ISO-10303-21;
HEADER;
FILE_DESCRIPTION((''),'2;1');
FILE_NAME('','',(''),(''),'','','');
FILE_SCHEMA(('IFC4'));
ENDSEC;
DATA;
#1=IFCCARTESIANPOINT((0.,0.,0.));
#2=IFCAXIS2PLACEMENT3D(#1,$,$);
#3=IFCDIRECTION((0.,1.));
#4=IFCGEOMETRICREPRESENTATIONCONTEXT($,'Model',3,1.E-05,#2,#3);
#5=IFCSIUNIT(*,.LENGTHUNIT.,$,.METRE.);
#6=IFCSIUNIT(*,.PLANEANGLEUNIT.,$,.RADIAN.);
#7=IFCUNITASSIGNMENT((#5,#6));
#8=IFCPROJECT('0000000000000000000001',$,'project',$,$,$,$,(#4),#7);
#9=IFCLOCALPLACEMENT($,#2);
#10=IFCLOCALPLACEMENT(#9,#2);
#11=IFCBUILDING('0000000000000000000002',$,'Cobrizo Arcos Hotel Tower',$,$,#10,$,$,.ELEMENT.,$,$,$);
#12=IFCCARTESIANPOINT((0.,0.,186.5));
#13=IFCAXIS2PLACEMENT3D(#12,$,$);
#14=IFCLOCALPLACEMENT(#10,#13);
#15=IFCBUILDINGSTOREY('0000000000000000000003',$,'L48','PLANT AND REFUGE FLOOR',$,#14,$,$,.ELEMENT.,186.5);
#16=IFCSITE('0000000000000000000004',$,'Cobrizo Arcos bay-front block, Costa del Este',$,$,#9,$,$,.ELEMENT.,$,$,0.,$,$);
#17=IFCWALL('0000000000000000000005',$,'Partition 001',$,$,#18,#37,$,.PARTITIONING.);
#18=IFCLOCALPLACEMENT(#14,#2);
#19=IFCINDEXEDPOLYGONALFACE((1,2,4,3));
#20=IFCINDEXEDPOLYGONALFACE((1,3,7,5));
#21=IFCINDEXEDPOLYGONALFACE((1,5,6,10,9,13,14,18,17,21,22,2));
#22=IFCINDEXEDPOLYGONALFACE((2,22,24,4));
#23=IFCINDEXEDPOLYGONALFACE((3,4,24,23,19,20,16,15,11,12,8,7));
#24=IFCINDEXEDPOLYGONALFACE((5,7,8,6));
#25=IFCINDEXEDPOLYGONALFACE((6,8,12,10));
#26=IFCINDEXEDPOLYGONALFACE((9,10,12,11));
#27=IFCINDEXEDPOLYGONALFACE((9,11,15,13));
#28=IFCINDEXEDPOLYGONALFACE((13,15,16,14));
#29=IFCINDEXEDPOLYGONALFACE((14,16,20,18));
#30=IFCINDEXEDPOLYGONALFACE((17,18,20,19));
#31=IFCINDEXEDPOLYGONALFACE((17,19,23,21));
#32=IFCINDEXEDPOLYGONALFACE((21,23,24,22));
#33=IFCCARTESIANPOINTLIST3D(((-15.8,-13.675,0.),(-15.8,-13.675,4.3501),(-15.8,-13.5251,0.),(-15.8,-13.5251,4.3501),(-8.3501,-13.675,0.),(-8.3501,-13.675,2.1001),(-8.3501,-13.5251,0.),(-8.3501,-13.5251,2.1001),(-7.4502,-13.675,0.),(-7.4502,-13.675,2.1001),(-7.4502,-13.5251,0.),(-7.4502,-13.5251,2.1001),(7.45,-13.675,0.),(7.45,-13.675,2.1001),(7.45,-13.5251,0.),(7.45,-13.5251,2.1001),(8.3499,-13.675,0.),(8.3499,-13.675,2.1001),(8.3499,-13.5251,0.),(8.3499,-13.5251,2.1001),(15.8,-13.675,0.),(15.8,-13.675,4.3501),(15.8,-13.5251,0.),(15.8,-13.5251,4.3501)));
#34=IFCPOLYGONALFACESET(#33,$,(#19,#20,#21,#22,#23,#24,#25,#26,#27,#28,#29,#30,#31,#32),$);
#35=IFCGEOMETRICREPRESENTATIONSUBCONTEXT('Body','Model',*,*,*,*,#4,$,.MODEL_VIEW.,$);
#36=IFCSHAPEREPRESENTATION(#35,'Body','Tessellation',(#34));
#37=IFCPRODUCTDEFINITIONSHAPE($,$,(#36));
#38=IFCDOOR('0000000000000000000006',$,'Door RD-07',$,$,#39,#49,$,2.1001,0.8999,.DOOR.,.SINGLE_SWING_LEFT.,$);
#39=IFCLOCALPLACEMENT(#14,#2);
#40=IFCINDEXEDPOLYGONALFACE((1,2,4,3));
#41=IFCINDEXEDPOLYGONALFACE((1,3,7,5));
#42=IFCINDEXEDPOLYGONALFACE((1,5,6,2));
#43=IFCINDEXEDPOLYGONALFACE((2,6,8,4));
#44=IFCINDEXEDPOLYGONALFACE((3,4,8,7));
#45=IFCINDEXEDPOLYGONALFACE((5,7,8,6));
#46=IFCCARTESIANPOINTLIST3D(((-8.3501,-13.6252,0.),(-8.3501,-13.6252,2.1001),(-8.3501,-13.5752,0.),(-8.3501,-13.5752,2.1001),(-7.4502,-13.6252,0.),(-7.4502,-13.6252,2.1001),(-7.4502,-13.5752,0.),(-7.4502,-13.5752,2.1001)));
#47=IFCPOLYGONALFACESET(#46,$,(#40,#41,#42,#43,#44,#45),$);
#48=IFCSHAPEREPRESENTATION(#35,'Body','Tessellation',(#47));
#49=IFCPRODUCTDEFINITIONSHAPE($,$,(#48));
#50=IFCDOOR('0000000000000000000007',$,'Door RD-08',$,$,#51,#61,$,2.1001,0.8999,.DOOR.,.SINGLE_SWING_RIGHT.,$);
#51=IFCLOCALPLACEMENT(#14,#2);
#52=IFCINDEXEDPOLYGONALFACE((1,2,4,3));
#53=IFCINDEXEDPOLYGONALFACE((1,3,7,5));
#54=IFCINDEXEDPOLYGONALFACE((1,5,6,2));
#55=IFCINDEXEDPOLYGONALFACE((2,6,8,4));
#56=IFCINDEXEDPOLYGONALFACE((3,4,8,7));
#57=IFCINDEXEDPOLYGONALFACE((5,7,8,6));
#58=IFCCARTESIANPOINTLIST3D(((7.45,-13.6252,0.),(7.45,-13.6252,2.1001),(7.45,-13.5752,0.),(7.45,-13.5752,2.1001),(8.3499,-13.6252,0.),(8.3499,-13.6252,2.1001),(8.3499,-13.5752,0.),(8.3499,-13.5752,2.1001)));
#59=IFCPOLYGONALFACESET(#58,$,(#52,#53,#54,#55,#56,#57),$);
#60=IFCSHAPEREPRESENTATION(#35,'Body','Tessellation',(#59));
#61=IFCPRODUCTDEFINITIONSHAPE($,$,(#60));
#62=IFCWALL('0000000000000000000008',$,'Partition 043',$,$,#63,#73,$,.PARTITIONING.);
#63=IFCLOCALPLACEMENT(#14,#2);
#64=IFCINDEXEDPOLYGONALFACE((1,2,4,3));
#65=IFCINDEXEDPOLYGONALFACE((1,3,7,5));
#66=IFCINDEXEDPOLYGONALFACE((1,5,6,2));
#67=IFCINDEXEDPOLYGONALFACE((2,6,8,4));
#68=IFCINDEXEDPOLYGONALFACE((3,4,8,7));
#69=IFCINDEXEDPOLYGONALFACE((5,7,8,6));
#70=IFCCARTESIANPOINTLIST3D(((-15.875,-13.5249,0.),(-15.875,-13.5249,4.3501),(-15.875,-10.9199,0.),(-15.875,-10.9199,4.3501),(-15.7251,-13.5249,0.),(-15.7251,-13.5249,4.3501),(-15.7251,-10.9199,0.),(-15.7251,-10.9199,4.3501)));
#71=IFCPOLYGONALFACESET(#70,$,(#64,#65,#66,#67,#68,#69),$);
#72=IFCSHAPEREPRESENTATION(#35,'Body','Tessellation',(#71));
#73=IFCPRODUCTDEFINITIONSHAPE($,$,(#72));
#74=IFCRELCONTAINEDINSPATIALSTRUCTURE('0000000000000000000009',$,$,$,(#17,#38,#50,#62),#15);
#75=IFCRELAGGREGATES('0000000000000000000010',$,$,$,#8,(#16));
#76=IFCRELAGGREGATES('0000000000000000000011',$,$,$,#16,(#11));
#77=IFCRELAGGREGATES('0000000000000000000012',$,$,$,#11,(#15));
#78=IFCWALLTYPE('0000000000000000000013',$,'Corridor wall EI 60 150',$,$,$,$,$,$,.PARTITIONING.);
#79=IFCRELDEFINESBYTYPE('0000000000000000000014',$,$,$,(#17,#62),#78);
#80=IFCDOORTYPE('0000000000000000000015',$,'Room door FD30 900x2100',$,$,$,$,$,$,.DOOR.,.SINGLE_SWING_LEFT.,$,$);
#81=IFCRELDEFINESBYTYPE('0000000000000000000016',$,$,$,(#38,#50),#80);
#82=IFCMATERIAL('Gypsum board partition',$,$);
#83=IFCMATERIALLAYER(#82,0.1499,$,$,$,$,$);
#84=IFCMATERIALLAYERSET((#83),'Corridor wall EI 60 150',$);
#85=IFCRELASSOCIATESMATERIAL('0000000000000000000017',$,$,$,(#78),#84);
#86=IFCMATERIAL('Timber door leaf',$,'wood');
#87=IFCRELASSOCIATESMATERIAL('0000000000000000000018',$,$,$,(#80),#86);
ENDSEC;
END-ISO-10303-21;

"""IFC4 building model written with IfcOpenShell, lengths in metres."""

from ifc_helpers import new_model, si_unit, direction, frame, frame_2d, origin, place, context, subcontext, project, spatial, rectangle, extrude, material, layer, layer_set, type_object, element, fill, save


model = new_model("IFC4")

# Units and contexts
model_context = context("Model", 3, precision=1e-05, world=origin(), true_north=direction((0.0, 1.0)))
body_context = subcontext(model_context, "Body", "Model", "MODEL_VIEW")
ifc_project = project(units=[si_unit("LENGTHUNIT", "METRE"), si_unit("PLANEANGLEUNIT", "RADIAN")], contexts=[model_context])

# Site, building, storey
site_placement = place(None, origin())
site = spatial("IfcSite", under=ifc_project, at=site_placement, Name="Cobrizo Arcos bay-front block, Costa del Este", CompositionType="ELEMENT", RefElevation=0.0)
building_placement = place(site_placement, origin())
building = spatial("IfcBuilding", under=site, at=building_placement, Name="Cobrizo Arcos Hotel Tower", CompositionType="ELEMENT")
storey_placement = place(building_placement, frame((0.0, 0.0, 186.5)))
storey = spatial("IfcBuildingStorey", under=building, at=storey_placement, Name="L48", Description="PLANT AND REFUGE FLOOR", CompositionType="ELEMENT", Elevation=186.5)

# Wall, openings, doors
ifc_material_1 = material(Name="Gypsum board partition")
ifc_layer_1 = layer(ifc_material_1, 0.1499)
ifc_layer_set_1 = layer_set([ifc_layer_1], Name="Corridor wall EI 60 150")
wall_type_1 = type_object("IfcWallType", Name="Corridor wall EI 60 150", PredefinedType="PARTITIONING", material=ifc_layer_set_1)
wall_1_placement = place(storey_placement, frame((-15.8, -13.6001, 0.0), z_axis=(0.0, 0.0, 1.0), x_axis=(1.0, 0.0, 0.0)))
wall_1 = element("IfcWall", 1, at=wall_1_placement, inside=storey, type_object=wall_type_1, Name="Partition 001", PredefinedType="PARTITIONING", context=body_context, shape_type="SweptSolid", body=[
    extrude(rectangle(XDim=31.6001, YDim=0.1499, at=frame_2d((15.8, 0.0))), origin(), (0.0, 0.0, 1.0), 4.3501),
])
opening_1_placement = place(wall_1_placement, frame((7.45, 0.0, 0.0)))
opening_1 = element("IfcOpeningElement", 2, at=opening_1_placement, cuts=wall_1, PredefinedType="OPENING", context=body_context, shape_type="SweptSolid", body=[
    extrude(rectangle(XDim=0.8999, YDim=2.1001, at=frame_2d((0.45, 1.05))), frame((0.0, 0.0869, 0.0), z_axis=(0.0, -1.0, 0.0), x_axis=(1.0, 0.0, 0.0)), (0.0, 0.0, 1.0), 0.1738),
])
opening_2_placement = place(wall_1_placement, frame((23.25, 0.0, 0.0)))
opening_2 = element("IfcOpeningElement", 3, at=opening_2_placement, cuts=wall_1, PredefinedType="OPENING", context=body_context, shape_type="SweptSolid", body=[
    extrude(rectangle(XDim=0.8999, YDim=2.1001, at=frame_2d((0.45, 1.05))), frame((0.0, 0.0869, 0.0), z_axis=(0.0, -1.0, 0.0), x_axis=(1.0, 0.0, 0.0)), (0.0, 0.0, 1.0), 0.1738),
])
ifc_material_2 = material(Name="Timber door leaf", Category="wood")
door_type_1 = type_object("IfcDoorType", Name="Room door FD30 900x2100", OperationType="SINGLE_SWING_LEFT", PredefinedType="DOOR", material=ifc_material_2)
door_1_placement = place(opening_1_placement, origin())
door_1 = element("IfcDoor", 4, at=door_1_placement, inside=storey, type_object=door_type_1, Name="Door RD-07", OperationType="SINGLE_SWING_LEFT", OverallHeight=2.1001, OverallWidth=0.8999, PredefinedType="DOOR", context=body_context, shape_type="SweptSolid", body=[
    extrude(rectangle(XDim=0.8999, YDim=2.1001, at=frame_2d((0.45, 1.05))), frame((0.0, 0.0249, 0.0), z_axis=(0.0, -1.0, 0.0), x_axis=(1.0, 0.0, 0.0)), (0.0, 0.0, 1.0), 0.05),
])
fill(opening_1, door_1)
door_2_placement = place(opening_2_placement, origin())
door_2 = element("IfcDoor", 5, at=door_2_placement, inside=storey, type_object=door_type_1, Name="Door RD-08", OperationType="SINGLE_SWING_RIGHT", OverallHeight=2.1001, OverallWidth=0.8999, PredefinedType="DOOR", context=body_context, shape_type="SweptSolid", body=[
    extrude(rectangle(XDim=0.8999, YDim=2.1001, at=frame_2d((0.45, 1.05))), frame((0.0, 0.0249, 0.0), z_axis=(0.0, -1.0, 0.0), x_axis=(1.0, 0.0, 0.0)), (0.0, 0.0, 1.0), 0.05),
])
fill(opening_2, door_2)

# Wall
wall_2_placement = place(storey_placement, frame((-15.8, -13.5249, 0.0), z_axis=(0.0, 0.0, 1.0), x_axis=(0.0, 1.0, 0.0)))
element("IfcWall", 6, at=wall_2_placement, inside=storey, type_object=wall_type_1, Name="Partition 043", PredefinedType="PARTITIONING", context=body_context, shape_type="SweptSolid", body=[
    extrude(rectangle(XDim=2.605, YDim=0.1499, at=frame_2d((1.3025, 0.0))), origin(), (0.0, 0.0, 1.0), 4.3501),
])

save(model, "model.ifc")
